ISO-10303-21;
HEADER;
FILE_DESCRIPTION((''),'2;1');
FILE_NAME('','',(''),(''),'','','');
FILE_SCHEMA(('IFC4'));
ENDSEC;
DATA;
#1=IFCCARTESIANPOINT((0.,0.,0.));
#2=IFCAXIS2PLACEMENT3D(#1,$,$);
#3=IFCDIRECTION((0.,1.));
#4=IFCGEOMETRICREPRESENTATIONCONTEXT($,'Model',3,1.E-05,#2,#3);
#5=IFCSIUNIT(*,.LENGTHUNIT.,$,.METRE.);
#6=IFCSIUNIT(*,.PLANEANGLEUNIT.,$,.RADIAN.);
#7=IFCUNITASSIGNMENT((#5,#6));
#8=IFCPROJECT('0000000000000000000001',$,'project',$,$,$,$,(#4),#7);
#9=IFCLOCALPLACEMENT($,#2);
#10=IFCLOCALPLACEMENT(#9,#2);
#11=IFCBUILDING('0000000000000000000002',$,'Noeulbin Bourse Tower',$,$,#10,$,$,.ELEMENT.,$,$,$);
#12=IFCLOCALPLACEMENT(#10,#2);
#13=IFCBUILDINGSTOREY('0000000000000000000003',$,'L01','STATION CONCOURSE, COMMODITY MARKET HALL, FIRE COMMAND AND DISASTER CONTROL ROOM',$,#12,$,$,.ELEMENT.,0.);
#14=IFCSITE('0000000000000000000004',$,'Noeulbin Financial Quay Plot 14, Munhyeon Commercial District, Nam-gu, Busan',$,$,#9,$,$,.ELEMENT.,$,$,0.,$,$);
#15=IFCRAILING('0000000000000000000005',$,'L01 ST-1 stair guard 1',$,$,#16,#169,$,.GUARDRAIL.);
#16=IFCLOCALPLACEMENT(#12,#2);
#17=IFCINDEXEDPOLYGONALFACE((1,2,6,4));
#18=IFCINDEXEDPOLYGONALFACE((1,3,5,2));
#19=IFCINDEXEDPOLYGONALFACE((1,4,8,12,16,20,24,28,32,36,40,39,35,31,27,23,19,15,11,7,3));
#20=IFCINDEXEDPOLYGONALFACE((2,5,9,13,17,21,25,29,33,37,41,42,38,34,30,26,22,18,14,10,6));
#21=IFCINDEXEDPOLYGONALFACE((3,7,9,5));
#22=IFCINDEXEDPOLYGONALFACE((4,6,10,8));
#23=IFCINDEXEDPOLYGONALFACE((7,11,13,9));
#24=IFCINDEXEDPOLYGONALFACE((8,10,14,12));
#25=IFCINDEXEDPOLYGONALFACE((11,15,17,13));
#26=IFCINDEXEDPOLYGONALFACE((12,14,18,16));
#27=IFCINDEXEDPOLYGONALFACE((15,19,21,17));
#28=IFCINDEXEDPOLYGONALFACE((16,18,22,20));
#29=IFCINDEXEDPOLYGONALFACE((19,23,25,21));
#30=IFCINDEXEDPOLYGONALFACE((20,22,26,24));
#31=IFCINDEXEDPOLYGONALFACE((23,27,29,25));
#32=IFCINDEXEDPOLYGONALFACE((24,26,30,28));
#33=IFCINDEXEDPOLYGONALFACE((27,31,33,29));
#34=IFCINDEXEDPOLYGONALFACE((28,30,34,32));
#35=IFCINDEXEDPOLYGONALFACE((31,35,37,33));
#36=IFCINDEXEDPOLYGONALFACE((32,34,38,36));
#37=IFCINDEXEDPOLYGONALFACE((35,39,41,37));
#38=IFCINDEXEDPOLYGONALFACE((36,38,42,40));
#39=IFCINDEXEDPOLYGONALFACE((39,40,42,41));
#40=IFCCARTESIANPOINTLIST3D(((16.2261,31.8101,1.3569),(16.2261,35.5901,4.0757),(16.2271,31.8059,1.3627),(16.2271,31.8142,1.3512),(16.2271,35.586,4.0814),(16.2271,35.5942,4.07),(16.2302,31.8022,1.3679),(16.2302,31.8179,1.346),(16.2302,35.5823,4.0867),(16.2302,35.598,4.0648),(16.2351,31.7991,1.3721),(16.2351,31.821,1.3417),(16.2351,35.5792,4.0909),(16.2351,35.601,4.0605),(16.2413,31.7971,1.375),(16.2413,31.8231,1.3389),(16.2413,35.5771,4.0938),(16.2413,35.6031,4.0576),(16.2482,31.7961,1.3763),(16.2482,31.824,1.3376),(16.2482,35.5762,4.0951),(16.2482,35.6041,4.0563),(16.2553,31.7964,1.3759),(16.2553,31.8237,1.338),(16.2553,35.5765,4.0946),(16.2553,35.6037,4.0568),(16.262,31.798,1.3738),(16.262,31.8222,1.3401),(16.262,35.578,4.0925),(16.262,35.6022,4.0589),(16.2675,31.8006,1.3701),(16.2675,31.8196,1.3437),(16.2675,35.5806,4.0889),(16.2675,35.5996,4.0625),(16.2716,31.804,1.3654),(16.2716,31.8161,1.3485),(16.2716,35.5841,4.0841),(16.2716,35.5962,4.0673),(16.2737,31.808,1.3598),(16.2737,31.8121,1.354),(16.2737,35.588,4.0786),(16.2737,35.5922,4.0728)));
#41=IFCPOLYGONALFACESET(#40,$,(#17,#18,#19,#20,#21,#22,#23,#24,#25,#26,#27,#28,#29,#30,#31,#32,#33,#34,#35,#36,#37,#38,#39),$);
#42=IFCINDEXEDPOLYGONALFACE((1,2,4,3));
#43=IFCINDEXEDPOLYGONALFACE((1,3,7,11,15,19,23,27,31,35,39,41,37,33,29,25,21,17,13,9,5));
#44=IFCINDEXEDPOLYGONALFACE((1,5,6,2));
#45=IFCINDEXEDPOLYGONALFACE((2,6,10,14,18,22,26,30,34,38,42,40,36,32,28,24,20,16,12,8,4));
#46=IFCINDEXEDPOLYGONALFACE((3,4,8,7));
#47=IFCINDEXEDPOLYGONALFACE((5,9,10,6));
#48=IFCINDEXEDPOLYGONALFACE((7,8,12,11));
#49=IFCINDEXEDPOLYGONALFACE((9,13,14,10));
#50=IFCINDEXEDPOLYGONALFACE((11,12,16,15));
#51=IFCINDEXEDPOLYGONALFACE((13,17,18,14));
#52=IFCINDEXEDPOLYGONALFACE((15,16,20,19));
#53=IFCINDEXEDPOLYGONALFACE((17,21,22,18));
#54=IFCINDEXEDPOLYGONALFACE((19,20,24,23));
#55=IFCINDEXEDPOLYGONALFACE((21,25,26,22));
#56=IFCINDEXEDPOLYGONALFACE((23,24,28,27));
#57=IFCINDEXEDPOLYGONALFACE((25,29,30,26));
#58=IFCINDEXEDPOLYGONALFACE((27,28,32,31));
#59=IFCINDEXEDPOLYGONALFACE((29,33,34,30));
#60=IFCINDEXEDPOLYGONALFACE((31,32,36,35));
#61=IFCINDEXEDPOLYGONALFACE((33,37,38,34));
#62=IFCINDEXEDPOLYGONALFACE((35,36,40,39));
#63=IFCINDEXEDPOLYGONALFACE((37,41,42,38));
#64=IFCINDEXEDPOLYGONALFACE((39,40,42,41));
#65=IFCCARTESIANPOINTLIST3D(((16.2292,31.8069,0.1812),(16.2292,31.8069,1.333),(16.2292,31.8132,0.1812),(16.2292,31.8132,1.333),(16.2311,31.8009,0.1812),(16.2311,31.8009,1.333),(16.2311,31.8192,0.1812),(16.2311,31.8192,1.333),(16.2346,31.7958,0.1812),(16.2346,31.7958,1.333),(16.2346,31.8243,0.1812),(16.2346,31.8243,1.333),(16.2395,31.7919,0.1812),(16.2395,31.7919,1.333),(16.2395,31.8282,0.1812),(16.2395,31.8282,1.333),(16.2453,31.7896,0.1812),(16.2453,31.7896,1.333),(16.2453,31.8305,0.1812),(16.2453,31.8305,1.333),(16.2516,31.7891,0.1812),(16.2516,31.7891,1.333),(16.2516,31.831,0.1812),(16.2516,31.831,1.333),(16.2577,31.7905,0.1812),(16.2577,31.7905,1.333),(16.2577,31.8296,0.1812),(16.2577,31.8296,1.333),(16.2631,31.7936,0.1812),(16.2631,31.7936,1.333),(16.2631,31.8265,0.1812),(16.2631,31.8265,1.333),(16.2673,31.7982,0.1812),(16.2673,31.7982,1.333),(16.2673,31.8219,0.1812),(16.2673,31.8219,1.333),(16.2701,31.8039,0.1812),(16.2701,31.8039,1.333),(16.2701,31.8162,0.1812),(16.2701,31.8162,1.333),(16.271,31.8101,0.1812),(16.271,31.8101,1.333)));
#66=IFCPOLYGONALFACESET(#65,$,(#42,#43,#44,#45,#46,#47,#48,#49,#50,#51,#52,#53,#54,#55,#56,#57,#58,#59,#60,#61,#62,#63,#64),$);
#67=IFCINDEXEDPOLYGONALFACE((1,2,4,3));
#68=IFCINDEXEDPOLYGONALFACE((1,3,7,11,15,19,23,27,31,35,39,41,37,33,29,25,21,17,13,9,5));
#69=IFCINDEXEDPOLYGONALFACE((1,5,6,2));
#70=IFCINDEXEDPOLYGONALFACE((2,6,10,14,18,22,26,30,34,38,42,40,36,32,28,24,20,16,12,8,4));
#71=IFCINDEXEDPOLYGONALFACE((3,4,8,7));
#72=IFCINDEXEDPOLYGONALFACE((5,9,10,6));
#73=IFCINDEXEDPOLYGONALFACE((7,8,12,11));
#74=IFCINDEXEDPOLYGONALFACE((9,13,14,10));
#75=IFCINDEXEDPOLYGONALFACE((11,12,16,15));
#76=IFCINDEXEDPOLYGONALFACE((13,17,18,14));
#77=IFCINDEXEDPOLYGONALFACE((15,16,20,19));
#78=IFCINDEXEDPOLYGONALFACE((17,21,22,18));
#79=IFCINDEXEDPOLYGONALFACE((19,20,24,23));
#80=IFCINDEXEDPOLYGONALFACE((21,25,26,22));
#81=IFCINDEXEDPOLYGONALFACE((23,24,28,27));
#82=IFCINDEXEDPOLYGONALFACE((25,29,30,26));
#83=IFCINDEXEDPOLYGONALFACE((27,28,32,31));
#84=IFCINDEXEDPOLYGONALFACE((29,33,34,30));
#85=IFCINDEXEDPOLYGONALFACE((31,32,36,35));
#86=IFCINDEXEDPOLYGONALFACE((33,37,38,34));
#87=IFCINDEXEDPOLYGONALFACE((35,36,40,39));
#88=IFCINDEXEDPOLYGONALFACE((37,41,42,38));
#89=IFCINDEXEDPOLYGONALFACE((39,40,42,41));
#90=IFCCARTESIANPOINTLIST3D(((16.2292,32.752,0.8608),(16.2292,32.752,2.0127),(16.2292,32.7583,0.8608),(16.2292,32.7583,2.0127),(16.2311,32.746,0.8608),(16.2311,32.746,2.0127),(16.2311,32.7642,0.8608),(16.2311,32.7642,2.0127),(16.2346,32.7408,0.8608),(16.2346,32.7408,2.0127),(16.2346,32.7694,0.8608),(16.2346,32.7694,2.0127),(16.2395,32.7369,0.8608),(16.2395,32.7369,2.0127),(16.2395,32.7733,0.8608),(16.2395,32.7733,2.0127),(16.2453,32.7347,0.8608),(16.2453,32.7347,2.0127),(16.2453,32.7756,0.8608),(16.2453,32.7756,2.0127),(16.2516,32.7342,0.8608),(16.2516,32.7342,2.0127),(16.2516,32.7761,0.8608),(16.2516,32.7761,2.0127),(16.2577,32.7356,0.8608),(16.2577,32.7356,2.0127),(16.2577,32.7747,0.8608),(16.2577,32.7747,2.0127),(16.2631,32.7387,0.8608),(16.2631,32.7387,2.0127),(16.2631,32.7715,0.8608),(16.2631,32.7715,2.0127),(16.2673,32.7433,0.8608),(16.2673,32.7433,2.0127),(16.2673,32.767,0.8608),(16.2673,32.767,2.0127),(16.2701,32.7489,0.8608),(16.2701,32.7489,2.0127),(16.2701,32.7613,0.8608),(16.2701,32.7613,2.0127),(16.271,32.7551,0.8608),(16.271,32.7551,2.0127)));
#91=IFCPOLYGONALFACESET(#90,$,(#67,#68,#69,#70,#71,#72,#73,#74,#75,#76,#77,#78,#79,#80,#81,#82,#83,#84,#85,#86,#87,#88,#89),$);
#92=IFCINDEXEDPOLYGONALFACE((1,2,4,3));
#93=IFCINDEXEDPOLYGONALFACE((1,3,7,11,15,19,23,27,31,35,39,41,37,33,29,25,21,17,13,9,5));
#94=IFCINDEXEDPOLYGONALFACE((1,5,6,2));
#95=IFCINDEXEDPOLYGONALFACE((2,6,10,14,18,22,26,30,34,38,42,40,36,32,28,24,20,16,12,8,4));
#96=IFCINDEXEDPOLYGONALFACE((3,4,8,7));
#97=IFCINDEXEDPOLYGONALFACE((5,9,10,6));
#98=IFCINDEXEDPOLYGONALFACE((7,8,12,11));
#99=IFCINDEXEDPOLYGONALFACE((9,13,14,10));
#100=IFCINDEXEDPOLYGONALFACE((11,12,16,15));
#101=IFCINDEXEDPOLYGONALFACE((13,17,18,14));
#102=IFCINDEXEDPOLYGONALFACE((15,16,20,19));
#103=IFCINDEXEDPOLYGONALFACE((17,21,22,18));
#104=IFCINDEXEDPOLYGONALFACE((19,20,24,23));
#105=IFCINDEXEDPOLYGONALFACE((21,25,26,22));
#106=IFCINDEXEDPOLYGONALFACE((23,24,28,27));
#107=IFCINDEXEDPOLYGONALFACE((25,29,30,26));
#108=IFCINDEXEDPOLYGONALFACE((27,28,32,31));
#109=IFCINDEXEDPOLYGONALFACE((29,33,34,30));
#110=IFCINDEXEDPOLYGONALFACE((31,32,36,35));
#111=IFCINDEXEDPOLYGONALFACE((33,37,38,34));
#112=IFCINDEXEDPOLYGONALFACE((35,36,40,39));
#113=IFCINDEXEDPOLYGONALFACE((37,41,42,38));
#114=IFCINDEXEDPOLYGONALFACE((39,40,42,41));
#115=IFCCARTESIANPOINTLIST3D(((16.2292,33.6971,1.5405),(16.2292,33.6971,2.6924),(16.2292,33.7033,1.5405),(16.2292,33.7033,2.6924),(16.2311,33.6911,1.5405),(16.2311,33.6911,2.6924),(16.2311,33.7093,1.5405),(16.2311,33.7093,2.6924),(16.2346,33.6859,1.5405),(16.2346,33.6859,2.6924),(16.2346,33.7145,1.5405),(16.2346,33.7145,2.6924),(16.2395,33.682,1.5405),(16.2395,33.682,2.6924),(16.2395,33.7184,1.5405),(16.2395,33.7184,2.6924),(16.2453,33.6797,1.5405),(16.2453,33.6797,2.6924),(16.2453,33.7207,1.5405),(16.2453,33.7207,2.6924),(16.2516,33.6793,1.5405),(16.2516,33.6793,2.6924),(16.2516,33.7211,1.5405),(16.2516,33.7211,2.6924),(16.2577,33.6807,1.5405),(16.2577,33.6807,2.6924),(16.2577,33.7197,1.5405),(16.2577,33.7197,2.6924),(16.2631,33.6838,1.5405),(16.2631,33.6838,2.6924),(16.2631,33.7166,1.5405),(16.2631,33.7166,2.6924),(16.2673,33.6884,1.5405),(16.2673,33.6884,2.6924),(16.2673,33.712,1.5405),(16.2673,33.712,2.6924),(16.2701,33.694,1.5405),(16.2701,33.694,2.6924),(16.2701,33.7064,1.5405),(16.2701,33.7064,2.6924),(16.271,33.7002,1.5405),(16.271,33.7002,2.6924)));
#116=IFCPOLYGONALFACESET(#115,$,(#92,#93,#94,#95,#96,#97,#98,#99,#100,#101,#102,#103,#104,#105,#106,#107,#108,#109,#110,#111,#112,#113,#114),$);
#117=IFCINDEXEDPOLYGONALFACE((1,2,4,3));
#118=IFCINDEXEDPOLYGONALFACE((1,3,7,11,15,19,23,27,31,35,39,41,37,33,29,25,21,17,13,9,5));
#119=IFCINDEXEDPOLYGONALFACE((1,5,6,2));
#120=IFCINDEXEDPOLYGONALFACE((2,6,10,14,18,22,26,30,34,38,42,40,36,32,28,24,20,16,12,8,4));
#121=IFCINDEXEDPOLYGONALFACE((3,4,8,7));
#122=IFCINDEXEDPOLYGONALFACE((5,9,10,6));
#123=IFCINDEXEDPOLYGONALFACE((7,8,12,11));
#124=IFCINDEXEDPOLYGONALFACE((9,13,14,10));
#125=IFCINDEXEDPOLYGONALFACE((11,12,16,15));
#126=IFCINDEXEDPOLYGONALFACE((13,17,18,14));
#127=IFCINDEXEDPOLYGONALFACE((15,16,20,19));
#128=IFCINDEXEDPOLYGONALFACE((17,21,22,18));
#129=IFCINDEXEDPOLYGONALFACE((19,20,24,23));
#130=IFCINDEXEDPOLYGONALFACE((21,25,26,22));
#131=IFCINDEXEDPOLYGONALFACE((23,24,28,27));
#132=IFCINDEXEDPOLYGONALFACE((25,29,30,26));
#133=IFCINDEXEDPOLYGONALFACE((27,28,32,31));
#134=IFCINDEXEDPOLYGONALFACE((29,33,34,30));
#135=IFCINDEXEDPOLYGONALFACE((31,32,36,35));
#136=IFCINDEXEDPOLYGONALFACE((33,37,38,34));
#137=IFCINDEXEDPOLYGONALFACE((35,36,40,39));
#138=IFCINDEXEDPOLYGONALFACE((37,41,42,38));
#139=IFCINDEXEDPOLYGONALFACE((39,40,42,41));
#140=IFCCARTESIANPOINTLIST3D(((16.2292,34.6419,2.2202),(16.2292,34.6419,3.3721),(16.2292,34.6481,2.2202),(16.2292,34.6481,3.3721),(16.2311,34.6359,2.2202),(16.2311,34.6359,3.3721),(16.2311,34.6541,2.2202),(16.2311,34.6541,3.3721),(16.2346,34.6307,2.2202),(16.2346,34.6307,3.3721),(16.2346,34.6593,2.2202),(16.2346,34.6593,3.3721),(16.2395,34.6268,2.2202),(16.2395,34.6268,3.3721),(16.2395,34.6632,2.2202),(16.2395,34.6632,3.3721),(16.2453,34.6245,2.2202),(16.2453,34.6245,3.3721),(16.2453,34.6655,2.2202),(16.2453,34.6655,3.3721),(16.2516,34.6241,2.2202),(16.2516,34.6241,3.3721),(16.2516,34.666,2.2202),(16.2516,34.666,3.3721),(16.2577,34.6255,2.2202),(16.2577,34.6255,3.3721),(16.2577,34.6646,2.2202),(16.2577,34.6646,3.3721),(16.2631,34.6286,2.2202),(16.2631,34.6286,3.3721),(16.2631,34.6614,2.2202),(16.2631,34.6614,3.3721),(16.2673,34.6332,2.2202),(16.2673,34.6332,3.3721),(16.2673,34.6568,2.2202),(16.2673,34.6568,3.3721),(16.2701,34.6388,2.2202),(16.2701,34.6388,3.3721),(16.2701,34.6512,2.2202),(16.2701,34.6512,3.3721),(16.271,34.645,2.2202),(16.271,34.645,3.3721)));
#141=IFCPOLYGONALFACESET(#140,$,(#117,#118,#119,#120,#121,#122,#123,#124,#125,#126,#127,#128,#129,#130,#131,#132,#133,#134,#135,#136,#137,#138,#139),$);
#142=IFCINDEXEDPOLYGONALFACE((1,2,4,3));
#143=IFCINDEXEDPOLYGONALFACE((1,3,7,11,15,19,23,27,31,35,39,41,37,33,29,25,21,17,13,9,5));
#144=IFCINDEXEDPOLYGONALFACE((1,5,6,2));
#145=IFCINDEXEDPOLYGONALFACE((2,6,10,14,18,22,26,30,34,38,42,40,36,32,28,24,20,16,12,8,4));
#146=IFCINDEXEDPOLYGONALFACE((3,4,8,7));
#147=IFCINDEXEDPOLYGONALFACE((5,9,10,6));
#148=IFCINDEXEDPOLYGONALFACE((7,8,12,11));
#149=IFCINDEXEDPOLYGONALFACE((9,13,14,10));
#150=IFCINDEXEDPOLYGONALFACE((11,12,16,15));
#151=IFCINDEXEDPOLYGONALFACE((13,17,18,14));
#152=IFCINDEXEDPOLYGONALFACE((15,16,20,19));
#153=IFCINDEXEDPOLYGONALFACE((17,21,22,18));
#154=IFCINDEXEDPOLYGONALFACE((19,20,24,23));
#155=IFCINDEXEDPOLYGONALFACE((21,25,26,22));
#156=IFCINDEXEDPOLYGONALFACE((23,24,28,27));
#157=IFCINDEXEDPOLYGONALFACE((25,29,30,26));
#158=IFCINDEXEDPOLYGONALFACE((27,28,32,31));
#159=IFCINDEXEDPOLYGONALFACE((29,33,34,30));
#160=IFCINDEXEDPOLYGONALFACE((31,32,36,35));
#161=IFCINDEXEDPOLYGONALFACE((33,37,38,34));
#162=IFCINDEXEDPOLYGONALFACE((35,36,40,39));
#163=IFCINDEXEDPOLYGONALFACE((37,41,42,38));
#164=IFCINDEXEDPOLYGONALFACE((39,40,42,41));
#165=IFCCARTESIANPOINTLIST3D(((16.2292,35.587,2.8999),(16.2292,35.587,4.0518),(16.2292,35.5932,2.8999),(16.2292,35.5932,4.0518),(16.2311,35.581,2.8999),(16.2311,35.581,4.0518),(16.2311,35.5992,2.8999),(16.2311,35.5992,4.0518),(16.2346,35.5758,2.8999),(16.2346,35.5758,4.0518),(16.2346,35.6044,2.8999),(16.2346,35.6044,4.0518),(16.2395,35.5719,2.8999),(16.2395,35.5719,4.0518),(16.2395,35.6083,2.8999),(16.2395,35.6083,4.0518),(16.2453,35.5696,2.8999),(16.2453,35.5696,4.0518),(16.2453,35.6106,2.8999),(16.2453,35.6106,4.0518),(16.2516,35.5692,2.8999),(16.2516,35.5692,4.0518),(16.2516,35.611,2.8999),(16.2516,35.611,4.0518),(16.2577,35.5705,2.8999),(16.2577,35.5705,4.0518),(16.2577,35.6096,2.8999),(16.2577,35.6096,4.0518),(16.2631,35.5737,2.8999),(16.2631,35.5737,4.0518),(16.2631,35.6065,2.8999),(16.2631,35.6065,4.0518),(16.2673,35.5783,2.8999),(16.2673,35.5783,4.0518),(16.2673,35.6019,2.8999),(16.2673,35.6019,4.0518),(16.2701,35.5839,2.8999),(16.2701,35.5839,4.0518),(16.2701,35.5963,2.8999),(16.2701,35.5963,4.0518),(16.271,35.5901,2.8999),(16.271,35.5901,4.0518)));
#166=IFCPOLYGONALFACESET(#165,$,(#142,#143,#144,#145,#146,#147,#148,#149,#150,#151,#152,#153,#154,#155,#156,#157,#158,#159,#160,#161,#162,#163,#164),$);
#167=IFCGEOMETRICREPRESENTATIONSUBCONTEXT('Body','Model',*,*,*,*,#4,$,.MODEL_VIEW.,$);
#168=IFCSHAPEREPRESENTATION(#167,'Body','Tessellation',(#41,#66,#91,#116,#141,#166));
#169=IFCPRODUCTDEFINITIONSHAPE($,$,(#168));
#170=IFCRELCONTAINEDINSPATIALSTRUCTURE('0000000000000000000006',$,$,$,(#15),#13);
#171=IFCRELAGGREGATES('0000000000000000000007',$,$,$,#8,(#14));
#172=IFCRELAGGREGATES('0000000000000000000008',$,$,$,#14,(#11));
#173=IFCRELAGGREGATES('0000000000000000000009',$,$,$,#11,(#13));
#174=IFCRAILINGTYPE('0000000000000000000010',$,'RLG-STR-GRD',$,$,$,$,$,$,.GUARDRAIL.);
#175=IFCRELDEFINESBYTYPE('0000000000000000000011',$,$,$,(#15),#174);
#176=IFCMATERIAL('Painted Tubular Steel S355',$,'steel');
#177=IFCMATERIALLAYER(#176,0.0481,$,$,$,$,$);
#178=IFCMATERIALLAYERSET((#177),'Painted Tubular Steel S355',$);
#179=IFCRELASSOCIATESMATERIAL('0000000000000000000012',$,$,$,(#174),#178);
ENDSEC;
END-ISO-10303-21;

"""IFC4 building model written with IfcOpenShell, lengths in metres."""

from ifc_helpers import new_model, si_unit, direction, frame, origin, origin_2d, place, context, subcontext, project, spatial, circle, extrude, material, layer, layer_set, type_object, element, save


model = new_model("IFC4")

# Units and contexts
model_context = context("Model", 3, precision=1e-05, world=origin(), true_north=direction((0.0, 1.0)))
body_context = subcontext(model_context, "Body", "Model", "MODEL_VIEW")
ifc_project = project(units=[si_unit("LENGTHUNIT", "METRE"), si_unit("PLANEANGLEUNIT", "RADIAN")], contexts=[model_context])

# Site, building, storey
site_placement = place(None, origin())
site = spatial("IfcSite", under=ifc_project, at=site_placement, Name="Noeulbin Financial Quay Plot 14, Munhyeon Commercial District, Nam-gu, Busan", CompositionType="ELEMENT", RefElevation=0.0)
building_placement = place(site_placement, origin())
building = spatial("IfcBuilding", under=site, at=building_placement, Name="Noeulbin Bourse Tower", CompositionType="ELEMENT")
storey_placement = place(building_placement, origin())
storey = spatial("IfcBuildingStorey", under=building, at=storey_placement, Name="L01", Description="STATION CONCOURSE, COMMODITY MARKET HALL, FIRE COMMAND AND DISASTER CONTROL ROOM", CompositionType="ELEMENT", Elevation=0.0)

# Railing
ifc_material_1 = material(Name="Painted Tubular Steel S355", Category="steel")
ifc_layer_1 = layer(ifc_material_1, 0.0481)
ifc_layer_set_1 = layer_set([ifc_layer_1], Name="Painted Tubular Steel S355")
railing_type_1 = type_object("IfcRailingType", Name="RLG-STR-GRD", PredefinedType="GUARDRAIL", material=ifc_layer_set_1)
railing_1_placement = place(storey_placement, frame((16.25, 31.8101, 0.1812)))
element("IfcRailing", 1, at=railing_1_placement, inside=storey, type_object=railing_type_1, Name="L01 ST-1 stair guard 1", PredefinedType="GUARDRAIL", context=body_context, shape_type="SweptSolid", body=[
    extrude(circle(Radius=0.0239, at=origin_2d()), frame((0.0, 0.0, 1.1758), z_axis=(0.0, 0.811827, 0.583899), x_axis=(-1.0, 0.0, 0.0)), (0.0, 0.0, 1.0), 4.6562),
    extrude(circle(Radius=0.021, at=origin_2d()), origin(), (0.0, 0.0, 1.0), 1.1519),
    extrude(circle(Radius=0.021, at=origin_2d()), frame((0.0, 0.9451, 0.6797)), (0.0, 0.0, 1.0), 1.1519),
    extrude(circle(Radius=0.021, at=origin_2d()), frame((0.0, 1.8901, 1.3594)), (0.0, 0.0, 1.0), 1.1519),
    extrude(circle(Radius=0.021, at=origin_2d()), frame((0.0, 2.835, 2.0391)), (0.0, 0.0, 1.0), 1.1519),
    extrude(circle(Radius=0.021, at=origin_2d()), frame((0.0, 3.78, 2.7188)), (0.0, 0.0, 1.0), 1.1519),
])

save(model, "model.ifc")
